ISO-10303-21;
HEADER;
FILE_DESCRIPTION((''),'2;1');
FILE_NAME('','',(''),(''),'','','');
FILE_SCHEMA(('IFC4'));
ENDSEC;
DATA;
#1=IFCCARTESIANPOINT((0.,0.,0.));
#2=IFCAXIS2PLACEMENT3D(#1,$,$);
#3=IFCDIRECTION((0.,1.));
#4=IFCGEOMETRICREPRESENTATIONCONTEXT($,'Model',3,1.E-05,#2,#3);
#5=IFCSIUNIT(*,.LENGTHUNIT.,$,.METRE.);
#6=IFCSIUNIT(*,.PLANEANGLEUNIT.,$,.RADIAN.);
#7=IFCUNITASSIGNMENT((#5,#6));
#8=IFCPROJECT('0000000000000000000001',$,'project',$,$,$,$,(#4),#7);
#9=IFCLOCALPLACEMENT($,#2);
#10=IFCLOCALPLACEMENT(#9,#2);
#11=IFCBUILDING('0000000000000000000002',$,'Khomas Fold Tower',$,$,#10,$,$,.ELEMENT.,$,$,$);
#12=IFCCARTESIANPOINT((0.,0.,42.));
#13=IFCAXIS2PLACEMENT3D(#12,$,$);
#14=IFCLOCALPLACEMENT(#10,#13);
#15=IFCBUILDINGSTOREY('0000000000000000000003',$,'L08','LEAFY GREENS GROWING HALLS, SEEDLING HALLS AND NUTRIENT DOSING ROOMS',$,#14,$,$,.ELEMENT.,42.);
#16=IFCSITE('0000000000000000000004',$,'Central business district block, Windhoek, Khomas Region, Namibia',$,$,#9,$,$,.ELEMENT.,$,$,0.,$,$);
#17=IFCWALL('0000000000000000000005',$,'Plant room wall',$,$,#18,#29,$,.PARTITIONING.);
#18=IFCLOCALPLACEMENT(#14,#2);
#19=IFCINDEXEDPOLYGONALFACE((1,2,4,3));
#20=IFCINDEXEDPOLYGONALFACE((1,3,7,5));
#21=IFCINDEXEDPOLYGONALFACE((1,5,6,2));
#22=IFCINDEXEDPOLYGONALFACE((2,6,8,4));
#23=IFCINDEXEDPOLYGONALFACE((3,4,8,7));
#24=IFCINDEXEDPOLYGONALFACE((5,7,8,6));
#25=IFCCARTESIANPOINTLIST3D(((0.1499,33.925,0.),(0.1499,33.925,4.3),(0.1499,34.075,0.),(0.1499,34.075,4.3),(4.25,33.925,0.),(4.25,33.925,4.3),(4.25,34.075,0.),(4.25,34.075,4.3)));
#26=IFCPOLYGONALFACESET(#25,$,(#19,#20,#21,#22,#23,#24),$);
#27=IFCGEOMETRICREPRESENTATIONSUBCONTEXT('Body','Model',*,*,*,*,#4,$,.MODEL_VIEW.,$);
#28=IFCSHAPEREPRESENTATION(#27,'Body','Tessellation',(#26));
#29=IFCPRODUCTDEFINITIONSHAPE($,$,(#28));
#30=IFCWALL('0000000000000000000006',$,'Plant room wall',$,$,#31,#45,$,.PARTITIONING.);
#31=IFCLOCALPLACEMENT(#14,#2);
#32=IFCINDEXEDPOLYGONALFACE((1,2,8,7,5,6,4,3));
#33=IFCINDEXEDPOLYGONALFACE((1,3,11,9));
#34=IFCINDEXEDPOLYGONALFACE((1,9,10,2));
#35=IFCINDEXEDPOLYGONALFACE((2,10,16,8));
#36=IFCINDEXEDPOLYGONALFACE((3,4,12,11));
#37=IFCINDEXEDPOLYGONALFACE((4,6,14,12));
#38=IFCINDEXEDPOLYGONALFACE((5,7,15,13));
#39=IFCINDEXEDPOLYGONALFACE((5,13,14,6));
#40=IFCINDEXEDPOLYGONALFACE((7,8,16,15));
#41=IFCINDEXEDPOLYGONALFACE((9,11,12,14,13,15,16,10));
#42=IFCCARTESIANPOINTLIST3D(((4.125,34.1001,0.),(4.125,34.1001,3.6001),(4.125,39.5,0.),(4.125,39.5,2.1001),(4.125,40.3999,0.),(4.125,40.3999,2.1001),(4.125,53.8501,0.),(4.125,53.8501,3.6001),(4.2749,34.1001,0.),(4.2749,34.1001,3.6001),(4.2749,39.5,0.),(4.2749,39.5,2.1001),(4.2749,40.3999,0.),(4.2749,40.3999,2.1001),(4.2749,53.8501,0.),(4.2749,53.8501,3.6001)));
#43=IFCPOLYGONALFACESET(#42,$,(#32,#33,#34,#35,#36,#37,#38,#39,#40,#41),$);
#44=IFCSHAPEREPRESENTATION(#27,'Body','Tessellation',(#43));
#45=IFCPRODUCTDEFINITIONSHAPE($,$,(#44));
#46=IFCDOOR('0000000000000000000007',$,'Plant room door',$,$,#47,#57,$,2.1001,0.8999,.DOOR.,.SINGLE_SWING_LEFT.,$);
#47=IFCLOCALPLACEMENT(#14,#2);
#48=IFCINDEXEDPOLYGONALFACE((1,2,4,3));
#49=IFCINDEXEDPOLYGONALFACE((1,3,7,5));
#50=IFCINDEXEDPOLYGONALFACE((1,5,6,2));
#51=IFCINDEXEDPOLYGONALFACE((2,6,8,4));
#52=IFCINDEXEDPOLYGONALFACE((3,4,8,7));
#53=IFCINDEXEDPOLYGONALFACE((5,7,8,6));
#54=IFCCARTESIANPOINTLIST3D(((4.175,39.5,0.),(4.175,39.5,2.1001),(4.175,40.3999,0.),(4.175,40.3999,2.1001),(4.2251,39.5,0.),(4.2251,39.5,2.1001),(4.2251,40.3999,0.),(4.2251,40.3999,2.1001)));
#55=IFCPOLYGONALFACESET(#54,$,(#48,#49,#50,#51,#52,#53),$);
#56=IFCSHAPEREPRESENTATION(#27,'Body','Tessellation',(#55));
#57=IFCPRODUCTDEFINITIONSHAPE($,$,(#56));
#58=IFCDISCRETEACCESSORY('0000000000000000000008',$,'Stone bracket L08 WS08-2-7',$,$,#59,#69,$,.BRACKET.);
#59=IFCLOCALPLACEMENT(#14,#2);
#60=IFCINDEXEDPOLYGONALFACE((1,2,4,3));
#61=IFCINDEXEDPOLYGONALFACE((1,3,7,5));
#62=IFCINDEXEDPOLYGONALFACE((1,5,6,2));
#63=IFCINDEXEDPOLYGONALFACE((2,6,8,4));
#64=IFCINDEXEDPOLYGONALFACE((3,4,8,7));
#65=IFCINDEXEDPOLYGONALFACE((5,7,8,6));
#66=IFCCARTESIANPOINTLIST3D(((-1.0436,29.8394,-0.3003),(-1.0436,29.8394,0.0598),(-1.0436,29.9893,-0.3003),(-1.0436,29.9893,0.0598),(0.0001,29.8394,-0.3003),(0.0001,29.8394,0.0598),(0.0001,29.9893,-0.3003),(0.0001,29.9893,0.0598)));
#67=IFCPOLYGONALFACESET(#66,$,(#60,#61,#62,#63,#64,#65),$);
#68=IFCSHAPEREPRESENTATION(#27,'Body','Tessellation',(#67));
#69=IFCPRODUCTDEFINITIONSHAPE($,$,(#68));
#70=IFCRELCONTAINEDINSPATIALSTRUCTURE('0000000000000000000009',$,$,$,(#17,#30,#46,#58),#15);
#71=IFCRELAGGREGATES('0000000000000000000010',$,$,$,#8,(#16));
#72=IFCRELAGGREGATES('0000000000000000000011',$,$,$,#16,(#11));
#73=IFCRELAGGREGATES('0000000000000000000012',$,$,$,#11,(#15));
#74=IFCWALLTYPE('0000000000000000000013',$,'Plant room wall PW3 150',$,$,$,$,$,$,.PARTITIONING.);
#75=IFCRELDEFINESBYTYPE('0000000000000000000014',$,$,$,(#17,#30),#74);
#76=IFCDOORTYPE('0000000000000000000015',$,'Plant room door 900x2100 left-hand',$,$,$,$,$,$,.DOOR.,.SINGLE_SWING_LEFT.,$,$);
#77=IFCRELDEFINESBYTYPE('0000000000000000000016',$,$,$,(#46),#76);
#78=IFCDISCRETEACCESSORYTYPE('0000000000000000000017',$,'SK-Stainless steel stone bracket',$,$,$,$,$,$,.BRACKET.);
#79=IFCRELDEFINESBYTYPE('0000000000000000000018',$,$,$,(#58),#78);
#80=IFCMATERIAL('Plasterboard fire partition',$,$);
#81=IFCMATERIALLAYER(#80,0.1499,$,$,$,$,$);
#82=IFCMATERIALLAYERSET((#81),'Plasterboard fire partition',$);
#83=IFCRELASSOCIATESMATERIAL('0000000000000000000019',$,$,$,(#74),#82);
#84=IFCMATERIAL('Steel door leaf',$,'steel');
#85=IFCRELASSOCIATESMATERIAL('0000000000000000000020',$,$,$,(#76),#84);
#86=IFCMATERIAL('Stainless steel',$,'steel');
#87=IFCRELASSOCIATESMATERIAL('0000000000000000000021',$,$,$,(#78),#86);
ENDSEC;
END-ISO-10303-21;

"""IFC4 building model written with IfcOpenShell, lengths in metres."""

from ifc_helpers import new_model, si_unit, direction, frame, frame_2d, origin, origin_2d, place, context, subcontext, project, spatial, rectangle, extrude, source, transform, mapped, material, layer, layer_set, type_object, element, fill, save


model = new_model("IFC4")

# Units and contexts
model_context = context("Model", 3, precision=1e-05, world=origin(), true_north=direction((0.0, 1.0)))
body_context = subcontext(model_context, "Body", "Model", "MODEL_VIEW")
ifc_project = project(units=[si_unit("LENGTHUNIT", "METRE"), si_unit("PLANEANGLEUNIT", "RADIAN")], contexts=[model_context])

# Site, building, storey
site_placement = place(None, origin())
site = spatial("IfcSite", under=ifc_project, at=site_placement, Name="Central business district block, Windhoek, Khomas Region, Namibia", CompositionType="ELEMENT", RefElevation=0.0)
building_placement = place(site_placement, origin())
building = spatial("IfcBuilding", under=site, at=building_placement, Name="Khomas Fold Tower", CompositionType="ELEMENT")
storey_placement = place(building_placement, frame((0.0, 0.0, 42.0)))
storey = spatial("IfcBuildingStorey", under=building, at=storey_placement, Name="L08", Description="LEAFY GREENS GROWING HALLS, SEEDLING HALLS AND NUTRIENT DOSING ROOMS", CompositionType="ELEMENT", Elevation=42.0)

# Shared definitions
ifc_material_1 = material(Name="Plasterboard fire partition")
ifc_layer_1 = layer(ifc_material_1, 0.1499)
ifc_layer_set_1 = layer_set([ifc_layer_1], Name="Plasterboard fire partition")
wall_type_1 = type_object("IfcWallType", Name="Plant room wall PW3 150", PredefinedType="PARTITIONING", material=ifc_layer_set_1)
shared_shape_1 = source(origin(), body_context, "Body", "SweptSolid", [
    extrude(rectangle(XDim=0.8999, YDim=2.1001, at=frame_2d((0.45, 1.05))), frame((0.0, 0.085, 0.0), z_axis=(0.0, -1.0, 0.0), x_axis=(1.0, 0.0, 0.0)), (0.0, 0.0, 1.0), 0.1699),
])
ifc_material_2 = material(Name="Steel door leaf", Category="steel")
door_type_1 = type_object("IfcDoorType", Name="Plant room door 900x2100 left-hand", OperationType="SINGLE_SWING_LEFT", PredefinedType="DOOR", material=ifc_material_2)
shared_shape_2 = source(origin(), body_context, "Body", "SweptSolid", [
    extrude(rectangle(XDim=0.8999, YDim=2.1001, at=frame_2d((0.45, 1.05))), frame((0.0, 0.0249, 0.0), z_axis=(0.0, -1.0, 0.0), x_axis=(1.0, 0.0, 0.0)), (0.0, 0.0, 1.0), 0.05),
])

# Wall
shared_shape_3 = source(origin(), body_context, "Body", "SweptSolid", [
    extrude(rectangle(XDim=4.1001, YDim=0.1499, at=frame_2d((2.05, 0.0))), origin(), (0.0, 0.0, 1.0), 4.3),
])
wall_1_placement = place(storey_placement, frame((0.1499, 34.0, 0.0), z_axis=(0.0, 0.0, 1.0), x_axis=(1.0, 0.0, 0.0)))
element("IfcWall", 1, at=wall_1_placement, inside=storey, type_object=wall_type_1, Name="Plant room wall", PredefinedType="PARTITIONING", context=body_context, shape_type="MappedRepresentation", body=[
    mapped(shared_shape_3, transform((0.0, 0.0, 0.0))),
])

# Wall, opening, door
shared_shape_4 = source(origin(), body_context, "Body", "SweptSolid", [
    extrude(rectangle(XDim=19.75, YDim=0.1499, at=frame_2d((9.875, 0.0))), origin(), (0.0, 0.0, 1.0), 3.6001),
])
wall_2_placement = place(storey_placement, frame((4.2, 34.1001, 0.0), z_axis=(0.0, 0.0, 1.0), x_axis=(0.0, 1.0, 0.0)))
wall_2 = element("IfcWall", 2, at=wall_2_placement, inside=storey, type_object=wall_type_1, Name="Plant room wall", PredefinedType="PARTITIONING", context=body_context, shape_type="MappedRepresentation", body=[
    mapped(shared_shape_4, transform((0.0, 0.0, 0.0))),
])
opening_1_placement = place(wall_2_placement, frame((5.3999, 0.0, 0.0)))
opening_1 = element("IfcOpeningElement", 3, at=opening_1_placement, cuts=wall_2, PredefinedType="OPENING", context=body_context, shape_type="MappedRepresentation", body=[
    mapped(shared_shape_1, transform((0.0, 0.0, 0.0))),
])
door_1_placement = place(opening_1_placement, origin())
door_1 = element("IfcDoor", 4, at=door_1_placement, inside=storey, type_object=door_type_1, Name="Plant room door", OperationType="SINGLE_SWING_LEFT", OverallHeight=2.1001, OverallWidth=0.8999, PredefinedType="DOOR", context=body_context, shape_type="MappedRepresentation", body=[
    mapped(shared_shape_2, transform((0.0, 0.0, 0.0))),
])
fill(opening_1, door_1)

# Discrete accessory
ifc_material_3 = material(Name="Stainless steel", Category="steel")
discrete_accessory_type = type_object("IfcDiscreteAccessoryType", Name="SK-Stainless steel stone bracket", PredefinedType="BRACKET", material=ifc_material_3)
shared_shape_5 = source(origin(), body_context, "Body", "SweptSolid", [
    extrude(rectangle(XDim=1.0437, YDim=0.1499, at=origin_2d()), origin(), (0.0, 0.0, 1.0), 0.3601),
])
discrete_accessory_placement = place(storey_placement, frame((-0.5217, 29.9143, -0.3003), z_axis=(0.0, 0.0, 1.0), x_axis=(-1.0, 0.0, 0.0)))
element("IfcDiscreteAccessory", 5, at=discrete_accessory_placement, inside=storey, type_object=discrete_accessory_type, Name="Stone bracket L08 WS08-2-7", PredefinedType="BRACKET", context=body_context, shape_type="MappedRepresentation", body=[
    mapped(shared_shape_5, transform((0.0, 0.0, 0.0))),
])

save(model, "model.ifc")
